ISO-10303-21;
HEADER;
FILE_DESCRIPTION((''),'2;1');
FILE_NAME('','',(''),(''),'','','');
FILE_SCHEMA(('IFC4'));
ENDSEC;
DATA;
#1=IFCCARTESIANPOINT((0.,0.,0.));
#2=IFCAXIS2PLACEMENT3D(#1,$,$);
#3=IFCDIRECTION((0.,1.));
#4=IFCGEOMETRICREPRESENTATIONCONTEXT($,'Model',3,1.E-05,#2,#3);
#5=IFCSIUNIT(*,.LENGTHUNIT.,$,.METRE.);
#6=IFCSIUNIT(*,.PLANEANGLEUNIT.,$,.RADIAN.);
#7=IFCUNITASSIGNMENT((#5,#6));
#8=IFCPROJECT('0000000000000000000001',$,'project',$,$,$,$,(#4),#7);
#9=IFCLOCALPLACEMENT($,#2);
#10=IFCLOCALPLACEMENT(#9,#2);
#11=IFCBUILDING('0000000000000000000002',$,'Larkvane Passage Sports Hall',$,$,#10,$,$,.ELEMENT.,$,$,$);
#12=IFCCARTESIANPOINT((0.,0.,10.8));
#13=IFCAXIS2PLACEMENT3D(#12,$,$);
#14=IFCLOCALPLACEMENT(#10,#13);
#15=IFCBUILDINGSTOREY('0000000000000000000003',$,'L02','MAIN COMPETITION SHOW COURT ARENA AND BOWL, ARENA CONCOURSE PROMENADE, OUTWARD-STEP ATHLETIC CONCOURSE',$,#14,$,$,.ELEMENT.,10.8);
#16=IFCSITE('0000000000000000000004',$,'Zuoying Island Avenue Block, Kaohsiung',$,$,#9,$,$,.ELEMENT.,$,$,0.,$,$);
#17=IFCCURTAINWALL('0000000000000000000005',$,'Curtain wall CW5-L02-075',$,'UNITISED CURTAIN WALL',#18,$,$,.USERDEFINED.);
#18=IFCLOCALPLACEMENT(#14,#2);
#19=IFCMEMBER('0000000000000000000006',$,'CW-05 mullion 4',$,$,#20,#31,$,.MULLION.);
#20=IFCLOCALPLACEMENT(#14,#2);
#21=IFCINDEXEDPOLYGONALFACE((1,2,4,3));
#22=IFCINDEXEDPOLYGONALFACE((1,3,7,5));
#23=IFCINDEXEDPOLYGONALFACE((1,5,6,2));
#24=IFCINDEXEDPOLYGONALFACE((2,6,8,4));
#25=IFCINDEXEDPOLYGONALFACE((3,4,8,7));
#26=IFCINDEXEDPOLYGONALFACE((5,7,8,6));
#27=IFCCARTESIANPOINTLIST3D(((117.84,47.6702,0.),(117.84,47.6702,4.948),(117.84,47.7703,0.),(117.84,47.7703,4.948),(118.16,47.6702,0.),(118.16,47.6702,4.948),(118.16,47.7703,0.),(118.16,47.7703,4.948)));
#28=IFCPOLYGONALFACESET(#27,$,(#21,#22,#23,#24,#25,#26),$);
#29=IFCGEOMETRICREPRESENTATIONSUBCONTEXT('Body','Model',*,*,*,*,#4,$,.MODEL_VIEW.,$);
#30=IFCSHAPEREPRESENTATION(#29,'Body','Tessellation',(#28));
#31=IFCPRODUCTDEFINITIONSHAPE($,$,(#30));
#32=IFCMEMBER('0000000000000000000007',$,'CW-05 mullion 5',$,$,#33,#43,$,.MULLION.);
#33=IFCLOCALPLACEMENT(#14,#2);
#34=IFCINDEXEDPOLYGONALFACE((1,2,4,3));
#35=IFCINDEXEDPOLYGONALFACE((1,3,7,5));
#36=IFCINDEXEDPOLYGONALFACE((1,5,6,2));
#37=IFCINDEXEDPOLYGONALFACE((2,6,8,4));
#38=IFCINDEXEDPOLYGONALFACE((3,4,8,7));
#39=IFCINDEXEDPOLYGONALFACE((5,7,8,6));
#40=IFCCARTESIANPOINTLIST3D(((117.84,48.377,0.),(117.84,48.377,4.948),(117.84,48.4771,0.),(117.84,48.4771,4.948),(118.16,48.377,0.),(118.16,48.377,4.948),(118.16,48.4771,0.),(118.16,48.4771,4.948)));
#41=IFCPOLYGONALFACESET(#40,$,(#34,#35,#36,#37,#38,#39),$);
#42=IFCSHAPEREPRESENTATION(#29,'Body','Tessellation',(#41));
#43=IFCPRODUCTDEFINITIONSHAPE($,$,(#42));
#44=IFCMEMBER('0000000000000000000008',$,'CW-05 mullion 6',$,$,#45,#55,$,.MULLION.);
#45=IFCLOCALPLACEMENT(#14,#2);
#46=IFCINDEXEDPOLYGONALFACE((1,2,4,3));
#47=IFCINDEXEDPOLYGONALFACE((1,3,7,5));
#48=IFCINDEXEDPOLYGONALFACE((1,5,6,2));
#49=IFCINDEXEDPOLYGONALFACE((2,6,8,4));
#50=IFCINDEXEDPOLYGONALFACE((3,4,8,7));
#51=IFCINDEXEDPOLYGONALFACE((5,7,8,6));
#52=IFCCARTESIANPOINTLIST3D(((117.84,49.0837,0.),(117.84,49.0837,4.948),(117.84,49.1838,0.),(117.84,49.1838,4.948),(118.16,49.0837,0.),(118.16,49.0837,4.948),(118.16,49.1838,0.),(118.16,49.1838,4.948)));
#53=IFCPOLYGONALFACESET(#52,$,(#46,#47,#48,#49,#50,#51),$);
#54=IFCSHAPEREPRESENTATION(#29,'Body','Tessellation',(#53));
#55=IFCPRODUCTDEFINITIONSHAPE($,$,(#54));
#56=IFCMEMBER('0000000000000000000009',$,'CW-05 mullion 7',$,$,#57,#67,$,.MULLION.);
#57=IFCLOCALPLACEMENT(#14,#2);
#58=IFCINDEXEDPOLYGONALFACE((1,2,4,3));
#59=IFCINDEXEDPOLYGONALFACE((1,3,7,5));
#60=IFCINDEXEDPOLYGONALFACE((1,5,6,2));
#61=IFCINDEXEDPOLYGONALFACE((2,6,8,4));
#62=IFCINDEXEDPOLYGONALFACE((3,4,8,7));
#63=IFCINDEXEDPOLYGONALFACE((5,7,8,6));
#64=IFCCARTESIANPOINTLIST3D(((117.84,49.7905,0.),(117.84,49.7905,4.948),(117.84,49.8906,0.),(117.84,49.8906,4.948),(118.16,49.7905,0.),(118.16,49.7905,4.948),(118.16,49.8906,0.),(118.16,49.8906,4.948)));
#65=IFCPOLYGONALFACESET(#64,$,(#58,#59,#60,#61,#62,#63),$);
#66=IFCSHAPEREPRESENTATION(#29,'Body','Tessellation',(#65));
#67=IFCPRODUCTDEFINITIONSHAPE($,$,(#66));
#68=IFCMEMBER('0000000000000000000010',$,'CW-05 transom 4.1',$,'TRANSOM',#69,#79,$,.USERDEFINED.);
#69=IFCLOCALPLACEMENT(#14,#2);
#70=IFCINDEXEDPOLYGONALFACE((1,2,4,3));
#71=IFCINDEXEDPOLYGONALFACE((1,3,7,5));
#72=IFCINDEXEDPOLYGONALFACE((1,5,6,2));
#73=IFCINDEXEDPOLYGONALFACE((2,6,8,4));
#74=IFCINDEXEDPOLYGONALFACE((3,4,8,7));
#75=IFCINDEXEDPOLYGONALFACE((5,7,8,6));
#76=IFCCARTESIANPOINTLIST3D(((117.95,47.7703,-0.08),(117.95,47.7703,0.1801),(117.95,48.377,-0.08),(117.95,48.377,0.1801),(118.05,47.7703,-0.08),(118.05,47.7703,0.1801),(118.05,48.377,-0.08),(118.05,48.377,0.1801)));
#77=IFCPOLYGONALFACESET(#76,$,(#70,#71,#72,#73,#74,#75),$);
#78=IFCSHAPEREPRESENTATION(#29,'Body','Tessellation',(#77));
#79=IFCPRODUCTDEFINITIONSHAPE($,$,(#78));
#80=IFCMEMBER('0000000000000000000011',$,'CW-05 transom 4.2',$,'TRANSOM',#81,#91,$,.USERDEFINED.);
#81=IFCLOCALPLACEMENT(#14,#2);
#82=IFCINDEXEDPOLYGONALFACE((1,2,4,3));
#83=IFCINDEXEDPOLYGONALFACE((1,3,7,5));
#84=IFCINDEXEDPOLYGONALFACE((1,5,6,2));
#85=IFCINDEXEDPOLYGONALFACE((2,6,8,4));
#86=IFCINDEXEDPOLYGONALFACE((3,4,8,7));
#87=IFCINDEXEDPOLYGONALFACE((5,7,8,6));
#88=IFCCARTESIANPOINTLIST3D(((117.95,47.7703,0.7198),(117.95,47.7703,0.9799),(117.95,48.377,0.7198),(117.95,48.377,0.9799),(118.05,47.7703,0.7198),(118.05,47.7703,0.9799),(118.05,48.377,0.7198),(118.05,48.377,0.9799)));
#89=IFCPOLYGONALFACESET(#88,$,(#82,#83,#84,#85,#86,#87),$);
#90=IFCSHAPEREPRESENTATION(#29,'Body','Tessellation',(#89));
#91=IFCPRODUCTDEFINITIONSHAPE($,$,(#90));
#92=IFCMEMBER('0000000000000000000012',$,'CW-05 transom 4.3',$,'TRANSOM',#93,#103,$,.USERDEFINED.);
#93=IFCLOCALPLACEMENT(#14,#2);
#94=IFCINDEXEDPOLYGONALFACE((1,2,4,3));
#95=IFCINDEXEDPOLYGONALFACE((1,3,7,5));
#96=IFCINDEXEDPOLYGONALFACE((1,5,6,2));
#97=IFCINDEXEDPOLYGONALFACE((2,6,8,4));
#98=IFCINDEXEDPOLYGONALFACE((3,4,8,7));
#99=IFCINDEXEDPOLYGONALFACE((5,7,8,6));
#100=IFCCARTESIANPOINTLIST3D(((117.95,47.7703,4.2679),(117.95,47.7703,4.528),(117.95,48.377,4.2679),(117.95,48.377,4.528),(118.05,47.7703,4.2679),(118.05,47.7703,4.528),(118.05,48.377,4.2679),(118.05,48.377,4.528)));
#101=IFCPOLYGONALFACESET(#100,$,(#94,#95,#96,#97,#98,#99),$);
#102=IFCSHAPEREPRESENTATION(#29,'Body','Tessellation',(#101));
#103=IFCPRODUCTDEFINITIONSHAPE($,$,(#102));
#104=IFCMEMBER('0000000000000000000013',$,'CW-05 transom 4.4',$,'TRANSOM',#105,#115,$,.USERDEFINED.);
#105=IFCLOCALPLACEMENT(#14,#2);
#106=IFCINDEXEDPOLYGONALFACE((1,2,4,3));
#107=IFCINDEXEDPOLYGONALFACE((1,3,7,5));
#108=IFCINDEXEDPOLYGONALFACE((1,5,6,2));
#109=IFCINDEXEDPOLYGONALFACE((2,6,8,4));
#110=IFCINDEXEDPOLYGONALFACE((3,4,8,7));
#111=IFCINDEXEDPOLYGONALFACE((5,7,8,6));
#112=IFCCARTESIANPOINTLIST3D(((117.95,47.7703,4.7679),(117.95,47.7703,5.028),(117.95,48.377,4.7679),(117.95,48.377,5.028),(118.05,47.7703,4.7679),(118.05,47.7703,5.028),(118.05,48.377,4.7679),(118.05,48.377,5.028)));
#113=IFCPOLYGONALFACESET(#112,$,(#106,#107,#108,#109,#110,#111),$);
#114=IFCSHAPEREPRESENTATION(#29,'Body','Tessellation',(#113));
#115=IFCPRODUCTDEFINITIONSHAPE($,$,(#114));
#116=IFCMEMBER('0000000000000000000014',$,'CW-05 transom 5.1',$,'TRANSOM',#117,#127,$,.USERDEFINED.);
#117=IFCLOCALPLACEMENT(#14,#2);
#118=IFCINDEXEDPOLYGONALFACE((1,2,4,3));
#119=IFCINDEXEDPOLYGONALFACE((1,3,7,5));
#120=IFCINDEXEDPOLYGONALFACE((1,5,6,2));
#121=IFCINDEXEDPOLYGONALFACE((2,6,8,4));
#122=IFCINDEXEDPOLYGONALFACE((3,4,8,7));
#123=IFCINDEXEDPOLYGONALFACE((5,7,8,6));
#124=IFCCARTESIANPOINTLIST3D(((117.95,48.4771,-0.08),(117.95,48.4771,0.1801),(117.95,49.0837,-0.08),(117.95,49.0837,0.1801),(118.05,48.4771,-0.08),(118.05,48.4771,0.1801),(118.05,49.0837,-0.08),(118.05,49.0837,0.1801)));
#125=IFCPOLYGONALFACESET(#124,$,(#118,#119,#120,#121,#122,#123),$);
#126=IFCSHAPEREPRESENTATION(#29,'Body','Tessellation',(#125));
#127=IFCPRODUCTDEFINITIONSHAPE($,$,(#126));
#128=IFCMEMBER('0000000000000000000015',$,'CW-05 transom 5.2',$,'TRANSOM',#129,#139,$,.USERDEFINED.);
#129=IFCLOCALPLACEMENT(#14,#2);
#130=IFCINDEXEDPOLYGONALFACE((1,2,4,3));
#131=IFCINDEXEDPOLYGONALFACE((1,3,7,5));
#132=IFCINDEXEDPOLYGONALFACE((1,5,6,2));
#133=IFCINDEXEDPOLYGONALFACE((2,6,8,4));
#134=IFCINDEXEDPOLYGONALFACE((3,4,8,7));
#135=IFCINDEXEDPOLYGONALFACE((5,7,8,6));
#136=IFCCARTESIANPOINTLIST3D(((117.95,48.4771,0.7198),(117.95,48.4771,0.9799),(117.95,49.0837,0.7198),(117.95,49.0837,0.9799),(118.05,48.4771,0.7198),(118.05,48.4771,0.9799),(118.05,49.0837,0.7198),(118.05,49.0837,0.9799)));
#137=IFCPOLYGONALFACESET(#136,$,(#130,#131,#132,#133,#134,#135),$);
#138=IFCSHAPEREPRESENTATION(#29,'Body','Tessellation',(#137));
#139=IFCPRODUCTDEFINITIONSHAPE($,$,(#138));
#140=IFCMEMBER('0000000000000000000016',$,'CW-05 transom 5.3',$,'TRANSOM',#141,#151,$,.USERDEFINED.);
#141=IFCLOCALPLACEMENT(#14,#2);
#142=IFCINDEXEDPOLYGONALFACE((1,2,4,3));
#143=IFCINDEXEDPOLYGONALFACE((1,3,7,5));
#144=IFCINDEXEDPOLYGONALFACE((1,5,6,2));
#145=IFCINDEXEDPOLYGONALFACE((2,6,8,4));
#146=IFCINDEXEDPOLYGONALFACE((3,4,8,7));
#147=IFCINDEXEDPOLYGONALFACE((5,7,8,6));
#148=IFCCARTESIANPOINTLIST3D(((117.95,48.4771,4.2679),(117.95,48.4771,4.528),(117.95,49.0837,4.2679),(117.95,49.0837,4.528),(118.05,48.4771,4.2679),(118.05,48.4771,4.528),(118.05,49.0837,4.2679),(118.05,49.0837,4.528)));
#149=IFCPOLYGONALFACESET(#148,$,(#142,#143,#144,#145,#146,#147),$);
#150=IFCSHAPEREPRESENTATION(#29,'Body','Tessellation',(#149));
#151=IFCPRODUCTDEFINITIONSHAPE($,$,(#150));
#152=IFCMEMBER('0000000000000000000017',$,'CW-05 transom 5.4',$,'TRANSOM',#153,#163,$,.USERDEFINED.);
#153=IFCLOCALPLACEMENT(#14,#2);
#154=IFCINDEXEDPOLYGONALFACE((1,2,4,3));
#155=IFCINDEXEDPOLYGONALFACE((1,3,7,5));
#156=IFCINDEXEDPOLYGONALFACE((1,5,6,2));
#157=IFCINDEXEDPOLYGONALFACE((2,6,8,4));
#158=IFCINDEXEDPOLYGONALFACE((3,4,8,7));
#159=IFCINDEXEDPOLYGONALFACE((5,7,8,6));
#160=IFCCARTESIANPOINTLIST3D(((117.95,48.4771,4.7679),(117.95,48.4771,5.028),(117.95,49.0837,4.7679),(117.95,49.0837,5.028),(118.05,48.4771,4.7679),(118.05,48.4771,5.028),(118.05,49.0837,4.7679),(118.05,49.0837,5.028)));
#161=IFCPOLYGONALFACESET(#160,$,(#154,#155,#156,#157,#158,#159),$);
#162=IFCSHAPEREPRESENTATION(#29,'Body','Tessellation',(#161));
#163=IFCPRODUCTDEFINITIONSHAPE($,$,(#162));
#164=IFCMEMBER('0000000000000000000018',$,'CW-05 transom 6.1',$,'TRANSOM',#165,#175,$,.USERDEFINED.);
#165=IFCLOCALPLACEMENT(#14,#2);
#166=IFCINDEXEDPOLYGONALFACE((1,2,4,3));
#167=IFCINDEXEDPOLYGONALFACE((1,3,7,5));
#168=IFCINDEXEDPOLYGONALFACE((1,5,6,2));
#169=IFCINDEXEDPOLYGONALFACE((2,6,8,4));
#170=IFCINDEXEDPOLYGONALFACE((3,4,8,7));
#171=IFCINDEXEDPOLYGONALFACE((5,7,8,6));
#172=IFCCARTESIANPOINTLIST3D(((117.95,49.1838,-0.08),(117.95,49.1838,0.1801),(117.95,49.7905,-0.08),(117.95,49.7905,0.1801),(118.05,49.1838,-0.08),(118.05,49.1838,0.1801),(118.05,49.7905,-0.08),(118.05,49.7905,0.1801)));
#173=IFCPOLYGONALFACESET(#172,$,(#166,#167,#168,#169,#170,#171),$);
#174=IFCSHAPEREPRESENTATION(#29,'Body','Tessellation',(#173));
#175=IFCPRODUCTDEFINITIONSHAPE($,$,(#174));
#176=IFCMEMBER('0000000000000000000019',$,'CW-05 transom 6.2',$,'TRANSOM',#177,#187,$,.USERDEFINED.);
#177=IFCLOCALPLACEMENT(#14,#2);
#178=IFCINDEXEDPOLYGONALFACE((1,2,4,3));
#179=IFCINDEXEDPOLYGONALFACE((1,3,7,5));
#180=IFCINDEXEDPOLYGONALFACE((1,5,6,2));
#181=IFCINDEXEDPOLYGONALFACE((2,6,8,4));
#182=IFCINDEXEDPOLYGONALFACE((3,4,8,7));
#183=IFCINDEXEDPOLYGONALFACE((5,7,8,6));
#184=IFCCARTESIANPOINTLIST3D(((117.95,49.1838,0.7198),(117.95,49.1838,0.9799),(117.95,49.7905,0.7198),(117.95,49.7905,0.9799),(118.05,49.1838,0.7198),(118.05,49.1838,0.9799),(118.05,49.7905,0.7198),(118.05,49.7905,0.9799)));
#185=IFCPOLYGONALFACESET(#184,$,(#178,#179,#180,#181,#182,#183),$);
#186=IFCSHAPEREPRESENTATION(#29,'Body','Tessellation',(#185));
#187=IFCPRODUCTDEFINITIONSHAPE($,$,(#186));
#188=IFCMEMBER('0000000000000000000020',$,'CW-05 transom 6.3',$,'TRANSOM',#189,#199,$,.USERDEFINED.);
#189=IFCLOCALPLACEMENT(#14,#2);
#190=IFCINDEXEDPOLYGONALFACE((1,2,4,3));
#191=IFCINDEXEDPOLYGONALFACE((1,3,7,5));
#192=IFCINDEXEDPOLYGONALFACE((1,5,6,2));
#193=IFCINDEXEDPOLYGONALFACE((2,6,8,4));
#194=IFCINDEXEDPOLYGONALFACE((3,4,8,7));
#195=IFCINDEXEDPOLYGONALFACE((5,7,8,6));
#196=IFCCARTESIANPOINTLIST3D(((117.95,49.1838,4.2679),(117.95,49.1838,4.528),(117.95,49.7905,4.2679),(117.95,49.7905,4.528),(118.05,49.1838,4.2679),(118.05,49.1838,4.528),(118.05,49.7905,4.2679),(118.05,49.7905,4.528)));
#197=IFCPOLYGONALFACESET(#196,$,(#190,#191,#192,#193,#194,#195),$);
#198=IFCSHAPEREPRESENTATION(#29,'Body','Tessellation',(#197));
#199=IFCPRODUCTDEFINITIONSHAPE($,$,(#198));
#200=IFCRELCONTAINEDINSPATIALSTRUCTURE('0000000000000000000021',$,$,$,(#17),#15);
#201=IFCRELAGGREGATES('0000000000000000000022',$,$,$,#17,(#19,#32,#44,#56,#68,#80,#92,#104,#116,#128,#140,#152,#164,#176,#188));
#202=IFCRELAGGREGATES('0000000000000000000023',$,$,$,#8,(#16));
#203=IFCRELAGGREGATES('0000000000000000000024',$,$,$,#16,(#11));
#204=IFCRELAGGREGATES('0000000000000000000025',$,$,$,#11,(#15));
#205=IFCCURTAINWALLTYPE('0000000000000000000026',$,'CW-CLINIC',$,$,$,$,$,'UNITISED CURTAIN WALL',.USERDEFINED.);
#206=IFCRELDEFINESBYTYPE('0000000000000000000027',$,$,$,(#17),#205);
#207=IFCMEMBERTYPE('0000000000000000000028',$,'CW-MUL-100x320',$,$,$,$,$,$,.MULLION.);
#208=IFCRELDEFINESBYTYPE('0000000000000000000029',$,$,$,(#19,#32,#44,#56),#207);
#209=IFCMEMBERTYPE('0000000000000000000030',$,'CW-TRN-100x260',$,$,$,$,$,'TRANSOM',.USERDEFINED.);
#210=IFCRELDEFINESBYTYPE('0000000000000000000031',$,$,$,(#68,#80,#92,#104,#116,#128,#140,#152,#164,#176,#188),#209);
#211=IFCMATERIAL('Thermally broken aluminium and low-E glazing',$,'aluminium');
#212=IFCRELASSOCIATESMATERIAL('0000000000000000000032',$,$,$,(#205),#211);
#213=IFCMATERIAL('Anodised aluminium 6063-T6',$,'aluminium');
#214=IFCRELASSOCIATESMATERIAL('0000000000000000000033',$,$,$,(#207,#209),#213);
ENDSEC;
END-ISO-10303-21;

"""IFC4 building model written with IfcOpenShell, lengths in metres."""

from ifc_helpers import new_model, si_unit, direction, frame, origin, origin_2d, place, context, subcontext, project, spatial, rectangle, extrude, material, material_profile, profile_set, type_object, element, aggregate, save


model = new_model("IFC4")

# Units and contexts
model_context = context("Model", 3, precision=1e-05, world=origin(), true_north=direction((0.0, 1.0)))
body_context = subcontext(model_context, "Body", "Model", "MODEL_VIEW")
ifc_project = project(units=[si_unit("LENGTHUNIT", "METRE"), si_unit("PLANEANGLEUNIT", "RADIAN")], contexts=[model_context])

# Site, building, storey
site_placement = place(None, origin())
site = spatial("IfcSite", under=ifc_project, at=site_placement, Name="Zuoying Island Avenue Block, Kaohsiung", CompositionType="ELEMENT", RefElevation=0.0)
building_placement = place(site_placement, origin())
building = spatial("IfcBuilding", under=site, at=building_placement, Name="Larkvane Passage Sports Hall", CompositionType="ELEMENT")
storey_placement = place(building_placement, frame((0.0, 0.0, 10.8)))
storey = spatial("IfcBuildingStorey", under=building, at=storey_placement, Name="L02", Description="MAIN COMPETITION SHOW COURT ARENA AND BOWL, ARENA CONCOURSE PROMENADE, OUTWARD-STEP ATHLETIC CONCOURSE", CompositionType="ELEMENT", Elevation=10.8)

# Curtain wall, members
ifc_material_1 = material(Name="Thermally broken aluminium and low-E glazing", Category="aluminium")
curtain_wall_type = type_object("IfcCurtainWallType", Name="CW-CLINIC", ElementType="UNITISED CURTAIN WALL", PredefinedType="USERDEFINED", material=ifc_material_1)
curtain_wall_placement = place(storey_placement, origin())
curtain_wall = element("IfcCurtainWall", 1, at=curtain_wall_placement, inside=storey, type_object=curtain_wall_type, Name="Curtain wall CW5-L02-075", ObjectType="UNITISED CURTAIN WALL", PredefinedType="USERDEFINED")
ifc_material_2 = material(Name="Anodised aluminium 6063-T6", Category="aluminium")
ifc_material_profile_1 = material_profile(ifc_material_2, rectangle(XDim=0.1001, YDim=0.3201, at=origin_2d()), Name="ALU-MUL-100x320")
ifc_profile_set_1 = profile_set([ifc_material_profile_1], Name="Anodised aluminium 6063-T6")
member_type_1 = type_object("IfcMemberType", Name="CW-MUL-100x320", PredefinedType="MULLION", material=ifc_profile_set_1)
member_1_placement = place(storey_placement, frame((118.0, 47.7202, 0.0), z_axis=(0.0, 0.0, 1.0), x_axis=(0.0, 1.0, 0.0)))
member_1 = element("IfcMember", 2, at=member_1_placement, type_object=member_type_1, Name="CW-05 mullion 4", PredefinedType="MULLION", context=body_context, shape_type="SweptSolid", body=[
    extrude(rectangle(XDim=0.1001, YDim=0.3201, at=origin_2d()), origin(), (0.0, 0.0, 1.0), 4.948),
])
member_2_placement = place(storey_placement, frame((118.0, 48.427, 0.0), z_axis=(0.0, 0.0, 1.0), x_axis=(0.0, 1.0, 0.0)))
member_2 = element("IfcMember", 3, at=member_2_placement, type_object=member_type_1, Name="CW-05 mullion 5", PredefinedType="MULLION", context=body_context, shape_type="SweptSolid", body=[
    extrude(rectangle(XDim=0.1001, YDim=0.3201, at=origin_2d()), origin(), (0.0, 0.0, 1.0), 4.948),
])
member_3_placement = place(storey_placement, frame((118.0, 49.1338, 0.0), z_axis=(0.0, 0.0, 1.0), x_axis=(0.0, 1.0, 0.0)))
member_3 = element("IfcMember", 4, at=member_3_placement, type_object=member_type_1, Name="CW-05 mullion 6", PredefinedType="MULLION", context=body_context, shape_type="SweptSolid", body=[
    extrude(rectangle(XDim=0.1001, YDim=0.3201, at=origin_2d()), origin(), (0.0, 0.0, 1.0), 4.948),
])
member_4_placement = place(storey_placement, frame((118.0, 49.8406, 0.0), z_axis=(0.0, 0.0, 1.0), x_axis=(0.0, 1.0, 0.0)))
member_4 = element("IfcMember", 5, at=member_4_placement, type_object=member_type_1, Name="CW-05 mullion 7", PredefinedType="MULLION", context=body_context, shape_type="SweptSolid", body=[
    extrude(rectangle(XDim=0.1001, YDim=0.3201, at=origin_2d()), origin(), (0.0, 0.0, 1.0), 4.948),
])
ifc_material_profile_2 = material_profile(ifc_material_2, rectangle(XDim=0.1001, YDim=0.26, at=origin_2d()), Name="ALU-TRN-100x260")
ifc_profile_set_2 = profile_set([ifc_material_profile_2], Name="Anodised aluminium 6063-T6")
member_type_2 = type_object("IfcMemberType", Name="CW-TRN-100x260", ElementType="TRANSOM", PredefinedType="USERDEFINED", material=ifc_profile_set_2)
member_5_placement = place(storey_placement, frame((118.0, 47.7703, 0.05), z_axis=(0.0, 1.0, 0.0), x_axis=(-1.0, 0.0, 0.0)))
member_5 = element("IfcMember", 6, at=member_5_placement, type_object=member_type_2, Name="CW-05 transom 4.1", ObjectType="TRANSOM", PredefinedType="USERDEFINED", context=body_context, shape_type="SweptSolid", body=[
    extrude(rectangle(XDim=0.1001, YDim=0.26, at=origin_2d()), origin(), (0.0, 0.0, 1.0), 0.6067),
])
member_6_placement = place(storey_placement, frame((118.0, 47.7703, 0.8499), z_axis=(0.0, 1.0, 0.0), x_axis=(-1.0, 0.0, 0.0)))
member_6 = element("IfcMember", 7, at=member_6_placement, type_object=member_type_2, Name="CW-05 transom 4.2", ObjectType="TRANSOM", PredefinedType="USERDEFINED", context=body_context, shape_type="SweptSolid", body=[
    extrude(rectangle(XDim=0.1001, YDim=0.26, at=origin_2d()), origin(), (0.0, 0.0, 1.0), 0.6067),
])
member_7_placement = place(storey_placement, frame((118.0, 47.7703, 4.3979), z_axis=(0.0, 1.0, 0.0), x_axis=(-1.0, 0.0, 0.0)))
member_7 = element("IfcMember", 8, at=member_7_placement, type_object=member_type_2, Name="CW-05 transom 4.3", ObjectType="TRANSOM", PredefinedType="USERDEFINED", context=body_context, shape_type="SweptSolid", body=[
    extrude(rectangle(XDim=0.1001, YDim=0.26, at=origin_2d()), origin(), (0.0, 0.0, 1.0), 0.6067),
])
member_8_placement = place(storey_placement, frame((118.0, 47.7703, 4.8979), z_axis=(0.0, 1.0, 0.0), x_axis=(-1.0, 0.0, 0.0)))
member_8 = element("IfcMember", 9, at=member_8_placement, type_object=member_type_2, Name="CW-05 transom 4.4", ObjectType="TRANSOM", PredefinedType="USERDEFINED", context=body_context, shape_type="SweptSolid", body=[
    extrude(rectangle(XDim=0.1001, YDim=0.26, at=origin_2d()), origin(), (0.0, 0.0, 1.0), 0.6067),
])
member_9_placement = place(storey_placement, frame((118.0, 48.4771, 0.05), z_axis=(0.0, 1.0, 0.0), x_axis=(-1.0, 0.0, 0.0)))
member_9 = element("IfcMember", 10, at=member_9_placement, type_object=member_type_2, Name="CW-05 transom 5.1", ObjectType="TRANSOM", PredefinedType="USERDEFINED", context=body_context, shape_type="SweptSolid", body=[
    extrude(rectangle(XDim=0.1001, YDim=0.26, at=origin_2d()), origin(), (0.0, 0.0, 1.0), 0.6067),
])
member_10_placement = place(storey_placement, frame((118.0, 48.4771, 0.8499), z_axis=(0.0, 1.0, 0.0), x_axis=(-1.0, 0.0, 0.0)))
member_10 = element("IfcMember", 11, at=member_10_placement, type_object=member_type_2, Name="CW-05 transom 5.2", ObjectType="TRANSOM", PredefinedType="USERDEFINED", context=body_context, shape_type="SweptSolid", body=[
    extrude(rectangle(XDim=0.1001, YDim=0.26, at=origin_2d()), origin(), (0.0, 0.0, 1.0), 0.6067),
])
member_11_placement = place(storey_placement, frame((118.0, 48.4771, 4.3979), z_axis=(0.0, 1.0, 0.0), x_axis=(-1.0, 0.0, 0.0)))
member_11 = element("IfcMember", 12, at=member_11_placement, type_object=member_type_2, Name="CW-05 transom 5.3", ObjectType="TRANSOM", PredefinedType="USERDEFINED", context=body_context, shape_type="SweptSolid", body=[
    extrude(rectangle(XDim=0.1001, YDim=0.26, at=origin_2d()), origin(), (0.0, 0.0, 1.0), 0.6067),
])
member_12_placement = place(storey_placement, frame((118.0, 48.4771, 4.8979), z_axis=(0.0, 1.0, 0.0), x_axis=(-1.0, 0.0, 0.0)))
member_12 = element("IfcMember", 13, at=member_12_placement, type_object=member_type_2, Name="CW-05 transom 5.4", ObjectType="TRANSOM", PredefinedType="USERDEFINED", context=body_context, shape_type="SweptSolid", body=[
    extrude(rectangle(XDim=0.1001, YDim=0.26, at=origin_2d()), origin(), (0.0, 0.0, 1.0), 0.6067),
])
member_13_placement = place(storey_placement, frame((118.0, 49.1838, 0.05), z_axis=(0.0, 1.0, 0.0), x_axis=(-1.0, 0.0, 0.0)))
member_13 = element("IfcMember", 14, at=member_13_placement, type_object=member_type_2, Name="CW-05 transom 6.1", ObjectType="TRANSOM", PredefinedType="USERDEFINED", context=body_context, shape_type="SweptSolid", body=[
    extrude(rectangle(XDim=0.1001, YDim=0.26, at=origin_2d()), origin(), (0.0, 0.0, 1.0), 0.6067),
])
member_14_placement = place(storey_placement, frame((118.0, 49.1838, 0.8499), z_axis=(0.0, 1.0, 0.0), x_axis=(-1.0, 0.0, 0.0)))
member_14 = element("IfcMember", 15, at=member_14_placement, type_object=member_type_2, Name="CW-05 transom 6.2", ObjectType="TRANSOM", PredefinedType="USERDEFINED", context=body_context, shape_type="SweptSolid", body=[
    extrude(rectangle(XDim=0.1001, YDim=0.26, at=origin_2d()), origin(), (0.0, 0.0, 1.0), 0.6067),
])
member_15_placement = place(storey_placement, frame((118.0, 49.1838, 4.3979), z_axis=(0.0, 1.0, 0.0), x_axis=(-1.0, 0.0, 0.0)))
member_15 = element("IfcMember", 16, at=member_15_placement, type_object=member_type_2, Name="CW-05 transom 6.3", ObjectType="TRANSOM", PredefinedType="USERDEFINED", context=body_context, shape_type="SweptSolid", body=[
    extrude(rectangle(XDim=0.1001, YDim=0.26, at=origin_2d()), origin(), (0.0, 0.0, 1.0), 0.6067),
])
aggregate(curtain_wall, [member_1, member_2, member_3, member_4, member_5, member_6, member_7, member_8, member_9, member_10, member_11, member_12, member_13, member_14, member_15])

save(model, "model.ifc")
